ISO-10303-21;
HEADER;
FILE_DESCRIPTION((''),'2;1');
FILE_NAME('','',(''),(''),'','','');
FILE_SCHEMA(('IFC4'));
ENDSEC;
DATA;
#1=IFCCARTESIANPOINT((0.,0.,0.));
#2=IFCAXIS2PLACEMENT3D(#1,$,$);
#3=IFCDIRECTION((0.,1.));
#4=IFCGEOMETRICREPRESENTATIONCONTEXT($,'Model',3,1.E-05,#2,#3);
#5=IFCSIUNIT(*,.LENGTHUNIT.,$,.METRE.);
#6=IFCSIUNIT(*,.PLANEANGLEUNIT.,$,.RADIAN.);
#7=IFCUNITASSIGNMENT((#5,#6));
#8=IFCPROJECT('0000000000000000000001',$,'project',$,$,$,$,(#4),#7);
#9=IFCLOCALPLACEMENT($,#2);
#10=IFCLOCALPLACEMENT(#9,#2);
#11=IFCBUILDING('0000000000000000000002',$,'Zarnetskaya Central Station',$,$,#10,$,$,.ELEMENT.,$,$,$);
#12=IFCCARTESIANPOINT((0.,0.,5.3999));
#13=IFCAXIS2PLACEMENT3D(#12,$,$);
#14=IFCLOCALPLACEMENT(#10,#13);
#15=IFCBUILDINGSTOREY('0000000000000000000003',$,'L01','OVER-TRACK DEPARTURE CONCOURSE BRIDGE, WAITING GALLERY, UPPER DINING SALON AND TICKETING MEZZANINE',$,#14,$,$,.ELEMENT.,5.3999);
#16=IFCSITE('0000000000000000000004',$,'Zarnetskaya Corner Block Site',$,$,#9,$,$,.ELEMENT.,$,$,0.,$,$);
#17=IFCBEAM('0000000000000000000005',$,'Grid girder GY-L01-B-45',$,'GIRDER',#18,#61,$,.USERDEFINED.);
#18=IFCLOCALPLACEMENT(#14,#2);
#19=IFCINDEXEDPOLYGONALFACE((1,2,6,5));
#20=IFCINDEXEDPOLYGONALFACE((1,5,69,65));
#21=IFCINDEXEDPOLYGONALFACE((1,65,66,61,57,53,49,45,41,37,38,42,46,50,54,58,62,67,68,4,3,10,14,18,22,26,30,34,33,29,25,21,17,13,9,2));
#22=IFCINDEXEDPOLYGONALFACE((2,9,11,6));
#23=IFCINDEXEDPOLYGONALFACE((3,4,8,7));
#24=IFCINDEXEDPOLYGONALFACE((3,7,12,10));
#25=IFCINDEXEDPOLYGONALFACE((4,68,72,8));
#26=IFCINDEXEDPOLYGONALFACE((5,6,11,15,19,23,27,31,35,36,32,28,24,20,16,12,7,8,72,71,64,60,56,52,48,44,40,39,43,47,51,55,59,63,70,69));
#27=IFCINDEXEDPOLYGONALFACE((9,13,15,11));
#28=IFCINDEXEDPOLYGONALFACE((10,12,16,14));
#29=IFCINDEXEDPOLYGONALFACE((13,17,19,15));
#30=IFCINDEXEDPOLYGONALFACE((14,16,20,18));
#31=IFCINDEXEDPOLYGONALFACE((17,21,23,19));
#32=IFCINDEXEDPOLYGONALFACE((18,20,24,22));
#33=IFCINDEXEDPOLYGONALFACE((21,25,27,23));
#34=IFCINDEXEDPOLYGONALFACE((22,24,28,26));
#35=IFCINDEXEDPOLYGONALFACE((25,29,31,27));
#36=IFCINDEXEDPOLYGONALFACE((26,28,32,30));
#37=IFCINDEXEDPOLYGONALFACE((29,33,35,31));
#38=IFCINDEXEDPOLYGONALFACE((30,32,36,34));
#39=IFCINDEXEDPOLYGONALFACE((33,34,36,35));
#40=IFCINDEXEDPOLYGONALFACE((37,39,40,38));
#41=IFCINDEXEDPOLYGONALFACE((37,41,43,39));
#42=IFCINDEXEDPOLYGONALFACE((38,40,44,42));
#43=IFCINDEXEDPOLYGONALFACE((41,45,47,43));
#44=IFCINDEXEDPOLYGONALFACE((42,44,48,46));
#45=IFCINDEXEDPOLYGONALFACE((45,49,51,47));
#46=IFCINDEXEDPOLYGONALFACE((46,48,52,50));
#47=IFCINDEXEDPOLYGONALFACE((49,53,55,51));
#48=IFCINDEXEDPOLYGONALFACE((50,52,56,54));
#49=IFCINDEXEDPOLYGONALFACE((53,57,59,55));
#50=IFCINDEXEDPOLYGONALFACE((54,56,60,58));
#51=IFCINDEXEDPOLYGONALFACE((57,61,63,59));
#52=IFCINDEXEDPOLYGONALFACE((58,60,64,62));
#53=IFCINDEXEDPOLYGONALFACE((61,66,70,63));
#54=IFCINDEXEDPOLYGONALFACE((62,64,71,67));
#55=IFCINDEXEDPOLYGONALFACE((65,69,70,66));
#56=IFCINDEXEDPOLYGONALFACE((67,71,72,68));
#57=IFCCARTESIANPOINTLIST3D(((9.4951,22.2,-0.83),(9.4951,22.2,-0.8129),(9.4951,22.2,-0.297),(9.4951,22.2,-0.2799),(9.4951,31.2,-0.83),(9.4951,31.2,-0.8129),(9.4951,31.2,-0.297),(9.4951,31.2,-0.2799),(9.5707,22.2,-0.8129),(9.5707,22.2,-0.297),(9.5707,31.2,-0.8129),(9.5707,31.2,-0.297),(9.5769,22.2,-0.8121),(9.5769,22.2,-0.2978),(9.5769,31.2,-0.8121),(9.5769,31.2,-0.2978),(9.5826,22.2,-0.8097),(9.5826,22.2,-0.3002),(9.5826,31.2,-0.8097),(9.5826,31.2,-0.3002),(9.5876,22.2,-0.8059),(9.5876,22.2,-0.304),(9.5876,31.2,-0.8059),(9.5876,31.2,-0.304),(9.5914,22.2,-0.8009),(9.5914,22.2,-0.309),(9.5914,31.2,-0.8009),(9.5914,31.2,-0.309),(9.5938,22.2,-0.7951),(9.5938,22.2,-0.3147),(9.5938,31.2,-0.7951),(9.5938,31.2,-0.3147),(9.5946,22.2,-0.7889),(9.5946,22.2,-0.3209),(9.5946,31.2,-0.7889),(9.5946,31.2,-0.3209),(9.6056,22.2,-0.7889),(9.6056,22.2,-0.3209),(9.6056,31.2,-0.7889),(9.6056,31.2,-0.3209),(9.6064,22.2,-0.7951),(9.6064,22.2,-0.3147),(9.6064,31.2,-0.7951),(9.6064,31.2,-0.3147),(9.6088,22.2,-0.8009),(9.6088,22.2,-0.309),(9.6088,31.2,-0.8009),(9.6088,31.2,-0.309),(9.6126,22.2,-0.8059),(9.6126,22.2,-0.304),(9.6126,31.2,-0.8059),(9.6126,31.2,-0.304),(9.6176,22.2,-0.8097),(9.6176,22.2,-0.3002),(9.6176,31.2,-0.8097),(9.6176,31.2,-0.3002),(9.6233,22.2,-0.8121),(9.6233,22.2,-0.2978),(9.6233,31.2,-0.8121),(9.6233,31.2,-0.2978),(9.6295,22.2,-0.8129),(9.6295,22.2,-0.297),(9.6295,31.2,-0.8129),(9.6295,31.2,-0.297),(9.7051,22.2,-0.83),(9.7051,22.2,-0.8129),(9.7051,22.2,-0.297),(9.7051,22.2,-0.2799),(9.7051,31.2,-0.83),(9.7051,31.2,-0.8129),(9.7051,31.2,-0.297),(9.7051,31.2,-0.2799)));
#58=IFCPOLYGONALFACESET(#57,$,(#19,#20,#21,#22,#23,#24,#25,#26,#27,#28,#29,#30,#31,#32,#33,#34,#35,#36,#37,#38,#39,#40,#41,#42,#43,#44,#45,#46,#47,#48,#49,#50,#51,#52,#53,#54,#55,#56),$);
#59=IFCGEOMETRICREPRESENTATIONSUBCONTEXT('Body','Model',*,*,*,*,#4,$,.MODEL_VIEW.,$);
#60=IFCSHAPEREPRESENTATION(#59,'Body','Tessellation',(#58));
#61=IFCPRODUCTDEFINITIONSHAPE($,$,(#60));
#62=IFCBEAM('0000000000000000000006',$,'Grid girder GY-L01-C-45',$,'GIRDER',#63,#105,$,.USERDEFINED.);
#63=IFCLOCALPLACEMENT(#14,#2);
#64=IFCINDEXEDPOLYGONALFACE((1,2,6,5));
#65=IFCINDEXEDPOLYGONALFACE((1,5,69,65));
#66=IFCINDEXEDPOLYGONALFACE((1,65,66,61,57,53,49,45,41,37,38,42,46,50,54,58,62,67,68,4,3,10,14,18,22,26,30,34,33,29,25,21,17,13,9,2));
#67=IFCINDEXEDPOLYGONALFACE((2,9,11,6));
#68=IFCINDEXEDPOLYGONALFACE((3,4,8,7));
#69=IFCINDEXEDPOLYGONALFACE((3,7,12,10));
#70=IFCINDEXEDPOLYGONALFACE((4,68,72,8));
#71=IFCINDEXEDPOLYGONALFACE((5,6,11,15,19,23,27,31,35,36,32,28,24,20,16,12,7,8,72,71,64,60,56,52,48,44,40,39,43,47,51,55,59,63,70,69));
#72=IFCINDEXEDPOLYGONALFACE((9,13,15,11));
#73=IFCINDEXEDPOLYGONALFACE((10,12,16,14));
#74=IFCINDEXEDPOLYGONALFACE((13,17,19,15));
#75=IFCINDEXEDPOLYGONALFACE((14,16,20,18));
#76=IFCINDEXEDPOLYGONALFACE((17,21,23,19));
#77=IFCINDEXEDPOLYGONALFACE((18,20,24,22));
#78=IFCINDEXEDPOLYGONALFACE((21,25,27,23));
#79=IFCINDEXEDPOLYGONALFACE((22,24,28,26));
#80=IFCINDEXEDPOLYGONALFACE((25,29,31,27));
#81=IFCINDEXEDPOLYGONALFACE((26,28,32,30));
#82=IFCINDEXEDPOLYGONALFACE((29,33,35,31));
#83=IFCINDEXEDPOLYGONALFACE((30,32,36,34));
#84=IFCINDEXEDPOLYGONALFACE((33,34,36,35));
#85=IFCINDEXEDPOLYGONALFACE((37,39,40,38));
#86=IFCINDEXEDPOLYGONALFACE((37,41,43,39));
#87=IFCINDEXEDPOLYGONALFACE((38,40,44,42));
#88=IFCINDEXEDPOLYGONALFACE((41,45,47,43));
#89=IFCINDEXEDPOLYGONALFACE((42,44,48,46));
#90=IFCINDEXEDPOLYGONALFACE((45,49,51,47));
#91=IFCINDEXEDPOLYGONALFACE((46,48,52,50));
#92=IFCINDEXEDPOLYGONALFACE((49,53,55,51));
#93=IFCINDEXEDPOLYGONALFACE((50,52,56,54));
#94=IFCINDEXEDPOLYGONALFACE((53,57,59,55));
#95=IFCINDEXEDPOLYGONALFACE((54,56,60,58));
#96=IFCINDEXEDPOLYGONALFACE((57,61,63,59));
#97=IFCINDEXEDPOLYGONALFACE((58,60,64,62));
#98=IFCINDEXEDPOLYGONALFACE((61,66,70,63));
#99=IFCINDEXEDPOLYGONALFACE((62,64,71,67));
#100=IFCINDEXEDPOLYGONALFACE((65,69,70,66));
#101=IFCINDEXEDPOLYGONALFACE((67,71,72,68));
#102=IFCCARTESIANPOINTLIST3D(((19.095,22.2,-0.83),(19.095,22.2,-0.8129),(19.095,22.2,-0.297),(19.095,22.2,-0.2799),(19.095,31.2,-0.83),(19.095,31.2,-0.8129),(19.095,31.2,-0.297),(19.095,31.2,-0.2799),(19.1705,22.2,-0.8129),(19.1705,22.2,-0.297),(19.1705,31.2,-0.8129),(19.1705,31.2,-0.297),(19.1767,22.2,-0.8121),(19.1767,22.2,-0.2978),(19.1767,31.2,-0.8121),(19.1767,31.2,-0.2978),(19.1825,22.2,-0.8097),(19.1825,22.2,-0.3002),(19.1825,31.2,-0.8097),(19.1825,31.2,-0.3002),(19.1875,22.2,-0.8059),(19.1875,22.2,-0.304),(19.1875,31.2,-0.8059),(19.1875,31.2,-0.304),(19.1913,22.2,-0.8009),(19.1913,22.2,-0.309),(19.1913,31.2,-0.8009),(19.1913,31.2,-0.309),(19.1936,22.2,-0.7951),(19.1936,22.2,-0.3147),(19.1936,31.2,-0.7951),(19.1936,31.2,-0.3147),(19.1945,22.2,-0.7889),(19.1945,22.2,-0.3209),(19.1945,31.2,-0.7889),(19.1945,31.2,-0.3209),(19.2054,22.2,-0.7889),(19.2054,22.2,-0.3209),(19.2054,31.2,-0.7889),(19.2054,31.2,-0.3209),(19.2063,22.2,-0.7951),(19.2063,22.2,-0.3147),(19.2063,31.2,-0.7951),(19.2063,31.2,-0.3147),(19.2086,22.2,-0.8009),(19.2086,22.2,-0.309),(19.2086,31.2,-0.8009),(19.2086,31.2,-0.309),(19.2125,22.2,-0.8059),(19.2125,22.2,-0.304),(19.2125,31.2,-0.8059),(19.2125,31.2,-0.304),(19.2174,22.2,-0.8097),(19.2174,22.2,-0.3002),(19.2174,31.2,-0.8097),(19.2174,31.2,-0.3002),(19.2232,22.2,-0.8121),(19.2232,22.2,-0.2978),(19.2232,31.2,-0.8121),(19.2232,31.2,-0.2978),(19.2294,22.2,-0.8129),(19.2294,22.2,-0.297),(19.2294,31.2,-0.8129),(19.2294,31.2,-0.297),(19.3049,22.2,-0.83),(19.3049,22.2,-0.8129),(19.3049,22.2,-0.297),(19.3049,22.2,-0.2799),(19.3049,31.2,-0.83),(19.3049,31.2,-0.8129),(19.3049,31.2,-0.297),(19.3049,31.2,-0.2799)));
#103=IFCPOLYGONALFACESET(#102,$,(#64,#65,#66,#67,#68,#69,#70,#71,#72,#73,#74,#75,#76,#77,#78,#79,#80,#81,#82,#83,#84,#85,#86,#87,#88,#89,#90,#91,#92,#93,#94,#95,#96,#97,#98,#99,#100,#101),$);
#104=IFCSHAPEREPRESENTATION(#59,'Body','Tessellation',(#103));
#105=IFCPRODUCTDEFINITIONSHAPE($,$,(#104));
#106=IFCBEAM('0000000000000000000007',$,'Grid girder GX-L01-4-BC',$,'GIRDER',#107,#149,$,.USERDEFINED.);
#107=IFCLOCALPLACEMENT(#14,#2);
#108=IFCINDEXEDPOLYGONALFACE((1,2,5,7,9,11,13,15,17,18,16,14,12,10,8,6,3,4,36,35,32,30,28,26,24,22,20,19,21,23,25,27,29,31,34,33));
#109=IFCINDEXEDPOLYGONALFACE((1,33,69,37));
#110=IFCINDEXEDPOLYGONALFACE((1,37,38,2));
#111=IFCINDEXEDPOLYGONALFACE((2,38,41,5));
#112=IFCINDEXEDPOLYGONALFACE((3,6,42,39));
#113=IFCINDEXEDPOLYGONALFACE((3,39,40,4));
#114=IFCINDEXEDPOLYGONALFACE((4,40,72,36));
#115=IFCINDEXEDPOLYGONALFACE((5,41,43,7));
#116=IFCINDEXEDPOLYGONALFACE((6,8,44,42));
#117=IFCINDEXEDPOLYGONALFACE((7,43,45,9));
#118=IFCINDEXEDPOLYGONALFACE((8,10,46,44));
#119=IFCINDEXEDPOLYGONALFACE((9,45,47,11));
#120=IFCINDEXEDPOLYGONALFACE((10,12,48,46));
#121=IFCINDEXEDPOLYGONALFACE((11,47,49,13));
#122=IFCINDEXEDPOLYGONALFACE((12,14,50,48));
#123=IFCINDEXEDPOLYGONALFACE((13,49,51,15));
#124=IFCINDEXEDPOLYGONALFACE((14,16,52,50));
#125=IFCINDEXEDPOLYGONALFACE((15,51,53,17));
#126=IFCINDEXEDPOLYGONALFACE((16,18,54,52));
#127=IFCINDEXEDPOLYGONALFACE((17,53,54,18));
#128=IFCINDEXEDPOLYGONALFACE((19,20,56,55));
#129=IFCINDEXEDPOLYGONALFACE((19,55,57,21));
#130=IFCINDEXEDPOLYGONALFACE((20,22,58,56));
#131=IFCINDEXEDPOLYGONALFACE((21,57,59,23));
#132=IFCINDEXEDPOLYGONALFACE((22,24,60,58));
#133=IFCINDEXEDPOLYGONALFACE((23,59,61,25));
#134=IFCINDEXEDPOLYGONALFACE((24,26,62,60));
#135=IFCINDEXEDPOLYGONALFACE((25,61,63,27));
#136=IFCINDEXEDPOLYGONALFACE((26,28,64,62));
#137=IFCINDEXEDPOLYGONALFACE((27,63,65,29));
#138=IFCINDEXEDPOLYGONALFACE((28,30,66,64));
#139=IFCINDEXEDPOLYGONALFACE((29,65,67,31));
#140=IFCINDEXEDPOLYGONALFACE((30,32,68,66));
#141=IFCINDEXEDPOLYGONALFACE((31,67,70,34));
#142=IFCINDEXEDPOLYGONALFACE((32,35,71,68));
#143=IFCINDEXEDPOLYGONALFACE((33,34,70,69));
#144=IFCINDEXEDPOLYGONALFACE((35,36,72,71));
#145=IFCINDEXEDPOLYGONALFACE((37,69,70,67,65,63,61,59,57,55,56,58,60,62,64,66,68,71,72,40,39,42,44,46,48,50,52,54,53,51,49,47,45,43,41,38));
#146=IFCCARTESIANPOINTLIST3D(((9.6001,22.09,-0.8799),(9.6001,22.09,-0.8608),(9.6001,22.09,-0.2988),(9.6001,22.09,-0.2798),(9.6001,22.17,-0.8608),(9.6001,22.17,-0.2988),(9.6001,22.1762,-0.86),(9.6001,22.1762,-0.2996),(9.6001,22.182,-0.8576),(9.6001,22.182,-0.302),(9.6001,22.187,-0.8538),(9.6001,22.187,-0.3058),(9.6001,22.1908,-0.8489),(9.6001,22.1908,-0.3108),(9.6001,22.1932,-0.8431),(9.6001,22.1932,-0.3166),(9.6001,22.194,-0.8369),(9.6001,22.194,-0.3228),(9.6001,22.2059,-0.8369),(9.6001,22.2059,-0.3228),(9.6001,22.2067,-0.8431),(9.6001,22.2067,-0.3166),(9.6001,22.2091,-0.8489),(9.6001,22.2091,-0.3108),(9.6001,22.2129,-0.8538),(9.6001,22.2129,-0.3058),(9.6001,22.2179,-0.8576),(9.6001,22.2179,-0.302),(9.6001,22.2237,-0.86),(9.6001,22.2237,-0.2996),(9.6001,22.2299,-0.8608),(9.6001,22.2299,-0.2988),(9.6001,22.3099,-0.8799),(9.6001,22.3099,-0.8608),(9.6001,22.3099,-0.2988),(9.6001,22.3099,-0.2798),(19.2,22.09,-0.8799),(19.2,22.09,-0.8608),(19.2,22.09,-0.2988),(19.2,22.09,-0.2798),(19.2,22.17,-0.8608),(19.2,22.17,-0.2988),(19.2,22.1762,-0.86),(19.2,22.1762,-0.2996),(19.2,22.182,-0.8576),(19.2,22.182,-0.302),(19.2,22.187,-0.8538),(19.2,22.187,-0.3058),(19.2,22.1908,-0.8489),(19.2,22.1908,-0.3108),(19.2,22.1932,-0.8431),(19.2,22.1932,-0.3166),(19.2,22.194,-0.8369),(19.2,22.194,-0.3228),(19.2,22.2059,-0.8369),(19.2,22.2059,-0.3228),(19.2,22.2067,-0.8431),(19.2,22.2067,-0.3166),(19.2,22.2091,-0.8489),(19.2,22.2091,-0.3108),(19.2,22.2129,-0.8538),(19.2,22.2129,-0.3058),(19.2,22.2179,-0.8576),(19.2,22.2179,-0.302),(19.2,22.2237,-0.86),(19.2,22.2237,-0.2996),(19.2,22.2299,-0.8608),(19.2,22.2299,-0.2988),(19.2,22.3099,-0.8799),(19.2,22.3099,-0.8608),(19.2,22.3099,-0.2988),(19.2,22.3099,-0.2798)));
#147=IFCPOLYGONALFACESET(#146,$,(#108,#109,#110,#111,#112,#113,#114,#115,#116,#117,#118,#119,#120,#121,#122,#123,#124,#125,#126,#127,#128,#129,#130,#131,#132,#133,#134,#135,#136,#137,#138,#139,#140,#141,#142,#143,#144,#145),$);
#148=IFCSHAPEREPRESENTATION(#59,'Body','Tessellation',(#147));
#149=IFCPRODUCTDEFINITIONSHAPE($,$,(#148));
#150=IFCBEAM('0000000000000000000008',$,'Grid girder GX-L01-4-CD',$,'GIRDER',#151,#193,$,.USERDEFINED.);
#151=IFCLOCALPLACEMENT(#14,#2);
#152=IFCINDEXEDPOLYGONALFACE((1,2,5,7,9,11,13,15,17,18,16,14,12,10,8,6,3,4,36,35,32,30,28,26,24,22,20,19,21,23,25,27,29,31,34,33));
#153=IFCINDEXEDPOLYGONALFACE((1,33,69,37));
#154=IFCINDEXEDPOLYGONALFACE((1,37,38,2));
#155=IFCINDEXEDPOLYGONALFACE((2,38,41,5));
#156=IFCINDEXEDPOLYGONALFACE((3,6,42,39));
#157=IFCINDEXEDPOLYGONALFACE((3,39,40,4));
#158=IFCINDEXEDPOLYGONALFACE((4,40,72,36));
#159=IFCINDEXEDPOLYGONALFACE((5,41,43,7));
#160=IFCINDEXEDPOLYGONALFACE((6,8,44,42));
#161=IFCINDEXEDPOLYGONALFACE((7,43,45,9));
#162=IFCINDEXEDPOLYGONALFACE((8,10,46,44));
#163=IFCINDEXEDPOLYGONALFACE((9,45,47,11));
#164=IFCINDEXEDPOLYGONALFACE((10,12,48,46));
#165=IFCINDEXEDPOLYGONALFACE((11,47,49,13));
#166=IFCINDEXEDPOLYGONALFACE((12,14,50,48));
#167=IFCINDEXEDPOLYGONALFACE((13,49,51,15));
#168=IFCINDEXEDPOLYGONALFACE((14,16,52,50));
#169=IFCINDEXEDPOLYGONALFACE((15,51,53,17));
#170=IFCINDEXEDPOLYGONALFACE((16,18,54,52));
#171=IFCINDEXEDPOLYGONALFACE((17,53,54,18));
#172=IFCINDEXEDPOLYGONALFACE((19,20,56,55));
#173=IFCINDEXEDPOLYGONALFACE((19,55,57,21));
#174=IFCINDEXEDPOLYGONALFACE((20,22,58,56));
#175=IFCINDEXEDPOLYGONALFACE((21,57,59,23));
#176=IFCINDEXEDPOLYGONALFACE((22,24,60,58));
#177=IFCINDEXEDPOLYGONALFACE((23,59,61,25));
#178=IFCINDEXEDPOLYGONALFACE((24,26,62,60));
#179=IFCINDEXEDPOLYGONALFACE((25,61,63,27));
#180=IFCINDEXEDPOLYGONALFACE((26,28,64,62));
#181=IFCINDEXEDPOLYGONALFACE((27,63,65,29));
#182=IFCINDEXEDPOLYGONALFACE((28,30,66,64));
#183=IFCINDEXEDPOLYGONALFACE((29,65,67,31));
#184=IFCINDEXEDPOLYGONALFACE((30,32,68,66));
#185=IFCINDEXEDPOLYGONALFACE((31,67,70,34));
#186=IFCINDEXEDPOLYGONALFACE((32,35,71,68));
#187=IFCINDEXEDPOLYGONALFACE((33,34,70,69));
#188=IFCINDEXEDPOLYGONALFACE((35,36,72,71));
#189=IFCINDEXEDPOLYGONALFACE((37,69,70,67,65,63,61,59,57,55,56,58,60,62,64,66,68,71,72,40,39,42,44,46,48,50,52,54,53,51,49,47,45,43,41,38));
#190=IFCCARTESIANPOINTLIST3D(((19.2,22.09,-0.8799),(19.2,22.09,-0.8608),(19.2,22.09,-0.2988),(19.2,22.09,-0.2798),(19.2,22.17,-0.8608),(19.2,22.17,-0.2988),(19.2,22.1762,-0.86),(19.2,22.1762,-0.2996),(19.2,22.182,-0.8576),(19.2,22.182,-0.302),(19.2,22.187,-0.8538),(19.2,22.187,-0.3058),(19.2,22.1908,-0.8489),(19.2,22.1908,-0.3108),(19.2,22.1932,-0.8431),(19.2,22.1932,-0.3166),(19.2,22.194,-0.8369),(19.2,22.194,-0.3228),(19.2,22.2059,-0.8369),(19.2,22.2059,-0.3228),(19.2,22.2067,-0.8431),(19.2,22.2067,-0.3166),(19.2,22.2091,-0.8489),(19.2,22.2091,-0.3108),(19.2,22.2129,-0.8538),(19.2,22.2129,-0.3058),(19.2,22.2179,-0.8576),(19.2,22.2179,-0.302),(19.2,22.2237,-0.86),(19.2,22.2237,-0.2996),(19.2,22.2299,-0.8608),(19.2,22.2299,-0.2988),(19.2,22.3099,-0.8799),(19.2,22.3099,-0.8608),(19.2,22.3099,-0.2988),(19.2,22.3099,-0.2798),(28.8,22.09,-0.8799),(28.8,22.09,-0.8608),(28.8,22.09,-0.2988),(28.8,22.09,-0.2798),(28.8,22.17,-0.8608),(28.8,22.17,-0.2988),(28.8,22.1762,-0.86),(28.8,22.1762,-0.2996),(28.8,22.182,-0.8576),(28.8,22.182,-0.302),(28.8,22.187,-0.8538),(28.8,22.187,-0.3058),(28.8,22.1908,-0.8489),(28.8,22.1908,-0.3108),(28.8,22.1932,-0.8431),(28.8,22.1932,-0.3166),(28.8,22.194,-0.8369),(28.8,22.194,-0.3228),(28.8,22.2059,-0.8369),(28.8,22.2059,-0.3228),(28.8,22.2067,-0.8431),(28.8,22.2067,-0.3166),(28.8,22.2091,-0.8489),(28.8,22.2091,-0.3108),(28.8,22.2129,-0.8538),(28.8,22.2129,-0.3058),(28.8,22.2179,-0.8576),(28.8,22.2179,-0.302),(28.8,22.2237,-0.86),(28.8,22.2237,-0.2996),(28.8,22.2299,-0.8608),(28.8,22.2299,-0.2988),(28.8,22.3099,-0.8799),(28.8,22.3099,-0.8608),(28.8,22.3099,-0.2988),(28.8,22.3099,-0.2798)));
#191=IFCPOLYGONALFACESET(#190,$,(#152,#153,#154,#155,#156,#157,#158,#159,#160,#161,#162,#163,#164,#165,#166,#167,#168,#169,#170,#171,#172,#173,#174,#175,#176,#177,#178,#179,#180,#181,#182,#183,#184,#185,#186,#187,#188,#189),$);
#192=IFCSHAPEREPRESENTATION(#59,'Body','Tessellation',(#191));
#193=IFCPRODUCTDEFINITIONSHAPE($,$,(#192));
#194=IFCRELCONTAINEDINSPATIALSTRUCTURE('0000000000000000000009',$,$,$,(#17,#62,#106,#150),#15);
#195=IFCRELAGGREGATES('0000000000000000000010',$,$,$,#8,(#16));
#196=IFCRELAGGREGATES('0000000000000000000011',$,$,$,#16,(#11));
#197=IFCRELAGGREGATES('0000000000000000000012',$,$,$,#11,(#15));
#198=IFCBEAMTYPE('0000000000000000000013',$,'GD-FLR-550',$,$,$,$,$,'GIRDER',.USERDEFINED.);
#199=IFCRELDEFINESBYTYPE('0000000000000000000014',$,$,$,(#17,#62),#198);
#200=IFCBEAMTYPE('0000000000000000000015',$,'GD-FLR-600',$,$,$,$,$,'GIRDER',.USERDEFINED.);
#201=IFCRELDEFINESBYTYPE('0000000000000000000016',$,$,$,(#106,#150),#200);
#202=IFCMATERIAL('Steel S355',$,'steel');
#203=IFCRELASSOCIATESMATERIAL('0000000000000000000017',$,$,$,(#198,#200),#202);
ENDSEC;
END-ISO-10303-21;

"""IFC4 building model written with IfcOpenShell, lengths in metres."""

from ifc_helpers import new_model, si_unit, direction, frame, origin, origin_2d, place, context, subcontext, project, spatial, i_section, extrude, material, material_profile, profile_set, type_object, element, save


model = new_model("IFC4")

# Units and contexts
model_context = context("Model", 3, precision=1e-05, world=origin(), true_north=direction((0.0, 1.0)))
body_context = subcontext(model_context, "Body", "Model", "MODEL_VIEW")
ifc_project = project(units=[si_unit("LENGTHUNIT", "METRE"), si_unit("PLANEANGLEUNIT", "RADIAN")], contexts=[model_context])

# Site, building, storey
site_placement = place(None, origin())
site = spatial("IfcSite", under=ifc_project, at=site_placement, Name="Zarnetskaya Corner Block Site", CompositionType="ELEMENT", RefElevation=0.0)
building_placement = place(site_placement, origin())
building = spatial("IfcBuilding", under=site, at=building_placement, Name="Zarnetskaya Central Station", CompositionType="ELEMENT")
storey_placement = place(building_placement, frame((0.0, 0.0, 5.3999)))
storey = spatial("IfcBuildingStorey", under=building, at=storey_placement, Name="L01", Description="OVER-TRACK DEPARTURE CONCOURSE BRIDGE, WAITING GALLERY, UPPER DINING SALON AND TICKETING MEZZANINE", CompositionType="ELEMENT", Elevation=5.3999)

# Shared definitions
ifc_material_1 = material(Name="Steel S355", Category="steel")

# Beams
ifc_material_profile_1 = material_profile(ifc_material_1, i_section(OverallWidth=0.21, OverallDepth=0.55, WebThickness=0.011, FlangeThickness=0.0171, FilletRadius=0.0239, at=origin_2d()), Name="IPE 550")
ifc_profile_set_1 = profile_set([ifc_material_profile_1], Name="Steel S355")
beam_type_1 = type_object("IfcBeamType", Name="GD-FLR-550", ElementType="GIRDER", PredefinedType="USERDEFINED", material=ifc_profile_set_1)
for number, where, z_axis, x_axis, name in (
    (1, (9.6001, 22.2, -0.5549), (0.0, 1.0, 0.0), (-1.0, 0.0, 0.0), "Grid girder GY-L01-B-45"),
    (2, (19.2, 22.2, -0.5549), (0.0, 1.0, 0.0), (-1.0, 0.0, 0.0), "Grid girder GY-L01-C-45"),
):
    element("IfcBeam", number, at=place(storey_placement, frame(where, z_axis=z_axis, x_axis=x_axis)), inside=storey, type_object=beam_type_1, Name=name, ObjectType="GIRDER", PredefinedType="USERDEFINED", context=body_context, shape_type="SweptSolid", body=[
        extrude(i_section(OverallWidth=0.21, OverallDepth=0.55, WebThickness=0.011, FlangeThickness=0.0171, FilletRadius=0.0239, at=origin_2d()), origin(), (0.0, 0.0, 1.0), 9.0),
    ])
ifc_material_profile_2 = material_profile(ifc_material_1, i_section(OverallWidth=0.22, OverallDepth=0.6001, WebThickness=0.012, FlangeThickness=0.019, FilletRadius=0.0239, at=origin_2d()), Name="IPE 600")
ifc_profile_set_2 = profile_set([ifc_material_profile_2], Name="Steel S355")
beam_type_2 = type_object("IfcBeamType", Name="GD-FLR-600", ElementType="GIRDER", PredefinedType="USERDEFINED", material=ifc_profile_set_2)
beam_1_placement = place(storey_placement, frame((9.6001, 22.2, -0.5798), z_axis=(1.0, 0.0, 0.0), x_axis=(0.0, 1.0, 0.0)))
element("IfcBeam", 3, at=beam_1_placement, inside=storey, type_object=beam_type_2, Name="Grid girder GX-L01-4-BC", ObjectType="GIRDER", PredefinedType="USERDEFINED", context=body_context, shape_type="SweptSolid", body=[
    extrude(i_section(OverallWidth=0.22, OverallDepth=0.6001, WebThickness=0.012, FlangeThickness=0.019, FilletRadius=0.0239, at=origin_2d()), origin(), (0.0, 0.0, 1.0), 9.5999),
])
beam_2_placement = place(storey_placement, frame((19.2, 22.2, -0.5798), z_axis=(1.0, 0.0, 0.0), x_axis=(0.0, 1.0, 0.0)))
element("IfcBeam", 4, at=beam_2_placement, inside=storey, type_object=beam_type_2, Name="Grid girder GX-L01-4-CD", ObjectType="GIRDER", PredefinedType="USERDEFINED", context=body_context, shape_type="SweptSolid", body=[
    extrude(i_section(OverallWidth=0.22, OverallDepth=0.6001, WebThickness=0.012, FlangeThickness=0.019, FilletRadius=0.0239, at=origin_2d()), origin(), (0.0, 0.0, 1.0), 9.6001),
])

save(model, "model.ifc")
